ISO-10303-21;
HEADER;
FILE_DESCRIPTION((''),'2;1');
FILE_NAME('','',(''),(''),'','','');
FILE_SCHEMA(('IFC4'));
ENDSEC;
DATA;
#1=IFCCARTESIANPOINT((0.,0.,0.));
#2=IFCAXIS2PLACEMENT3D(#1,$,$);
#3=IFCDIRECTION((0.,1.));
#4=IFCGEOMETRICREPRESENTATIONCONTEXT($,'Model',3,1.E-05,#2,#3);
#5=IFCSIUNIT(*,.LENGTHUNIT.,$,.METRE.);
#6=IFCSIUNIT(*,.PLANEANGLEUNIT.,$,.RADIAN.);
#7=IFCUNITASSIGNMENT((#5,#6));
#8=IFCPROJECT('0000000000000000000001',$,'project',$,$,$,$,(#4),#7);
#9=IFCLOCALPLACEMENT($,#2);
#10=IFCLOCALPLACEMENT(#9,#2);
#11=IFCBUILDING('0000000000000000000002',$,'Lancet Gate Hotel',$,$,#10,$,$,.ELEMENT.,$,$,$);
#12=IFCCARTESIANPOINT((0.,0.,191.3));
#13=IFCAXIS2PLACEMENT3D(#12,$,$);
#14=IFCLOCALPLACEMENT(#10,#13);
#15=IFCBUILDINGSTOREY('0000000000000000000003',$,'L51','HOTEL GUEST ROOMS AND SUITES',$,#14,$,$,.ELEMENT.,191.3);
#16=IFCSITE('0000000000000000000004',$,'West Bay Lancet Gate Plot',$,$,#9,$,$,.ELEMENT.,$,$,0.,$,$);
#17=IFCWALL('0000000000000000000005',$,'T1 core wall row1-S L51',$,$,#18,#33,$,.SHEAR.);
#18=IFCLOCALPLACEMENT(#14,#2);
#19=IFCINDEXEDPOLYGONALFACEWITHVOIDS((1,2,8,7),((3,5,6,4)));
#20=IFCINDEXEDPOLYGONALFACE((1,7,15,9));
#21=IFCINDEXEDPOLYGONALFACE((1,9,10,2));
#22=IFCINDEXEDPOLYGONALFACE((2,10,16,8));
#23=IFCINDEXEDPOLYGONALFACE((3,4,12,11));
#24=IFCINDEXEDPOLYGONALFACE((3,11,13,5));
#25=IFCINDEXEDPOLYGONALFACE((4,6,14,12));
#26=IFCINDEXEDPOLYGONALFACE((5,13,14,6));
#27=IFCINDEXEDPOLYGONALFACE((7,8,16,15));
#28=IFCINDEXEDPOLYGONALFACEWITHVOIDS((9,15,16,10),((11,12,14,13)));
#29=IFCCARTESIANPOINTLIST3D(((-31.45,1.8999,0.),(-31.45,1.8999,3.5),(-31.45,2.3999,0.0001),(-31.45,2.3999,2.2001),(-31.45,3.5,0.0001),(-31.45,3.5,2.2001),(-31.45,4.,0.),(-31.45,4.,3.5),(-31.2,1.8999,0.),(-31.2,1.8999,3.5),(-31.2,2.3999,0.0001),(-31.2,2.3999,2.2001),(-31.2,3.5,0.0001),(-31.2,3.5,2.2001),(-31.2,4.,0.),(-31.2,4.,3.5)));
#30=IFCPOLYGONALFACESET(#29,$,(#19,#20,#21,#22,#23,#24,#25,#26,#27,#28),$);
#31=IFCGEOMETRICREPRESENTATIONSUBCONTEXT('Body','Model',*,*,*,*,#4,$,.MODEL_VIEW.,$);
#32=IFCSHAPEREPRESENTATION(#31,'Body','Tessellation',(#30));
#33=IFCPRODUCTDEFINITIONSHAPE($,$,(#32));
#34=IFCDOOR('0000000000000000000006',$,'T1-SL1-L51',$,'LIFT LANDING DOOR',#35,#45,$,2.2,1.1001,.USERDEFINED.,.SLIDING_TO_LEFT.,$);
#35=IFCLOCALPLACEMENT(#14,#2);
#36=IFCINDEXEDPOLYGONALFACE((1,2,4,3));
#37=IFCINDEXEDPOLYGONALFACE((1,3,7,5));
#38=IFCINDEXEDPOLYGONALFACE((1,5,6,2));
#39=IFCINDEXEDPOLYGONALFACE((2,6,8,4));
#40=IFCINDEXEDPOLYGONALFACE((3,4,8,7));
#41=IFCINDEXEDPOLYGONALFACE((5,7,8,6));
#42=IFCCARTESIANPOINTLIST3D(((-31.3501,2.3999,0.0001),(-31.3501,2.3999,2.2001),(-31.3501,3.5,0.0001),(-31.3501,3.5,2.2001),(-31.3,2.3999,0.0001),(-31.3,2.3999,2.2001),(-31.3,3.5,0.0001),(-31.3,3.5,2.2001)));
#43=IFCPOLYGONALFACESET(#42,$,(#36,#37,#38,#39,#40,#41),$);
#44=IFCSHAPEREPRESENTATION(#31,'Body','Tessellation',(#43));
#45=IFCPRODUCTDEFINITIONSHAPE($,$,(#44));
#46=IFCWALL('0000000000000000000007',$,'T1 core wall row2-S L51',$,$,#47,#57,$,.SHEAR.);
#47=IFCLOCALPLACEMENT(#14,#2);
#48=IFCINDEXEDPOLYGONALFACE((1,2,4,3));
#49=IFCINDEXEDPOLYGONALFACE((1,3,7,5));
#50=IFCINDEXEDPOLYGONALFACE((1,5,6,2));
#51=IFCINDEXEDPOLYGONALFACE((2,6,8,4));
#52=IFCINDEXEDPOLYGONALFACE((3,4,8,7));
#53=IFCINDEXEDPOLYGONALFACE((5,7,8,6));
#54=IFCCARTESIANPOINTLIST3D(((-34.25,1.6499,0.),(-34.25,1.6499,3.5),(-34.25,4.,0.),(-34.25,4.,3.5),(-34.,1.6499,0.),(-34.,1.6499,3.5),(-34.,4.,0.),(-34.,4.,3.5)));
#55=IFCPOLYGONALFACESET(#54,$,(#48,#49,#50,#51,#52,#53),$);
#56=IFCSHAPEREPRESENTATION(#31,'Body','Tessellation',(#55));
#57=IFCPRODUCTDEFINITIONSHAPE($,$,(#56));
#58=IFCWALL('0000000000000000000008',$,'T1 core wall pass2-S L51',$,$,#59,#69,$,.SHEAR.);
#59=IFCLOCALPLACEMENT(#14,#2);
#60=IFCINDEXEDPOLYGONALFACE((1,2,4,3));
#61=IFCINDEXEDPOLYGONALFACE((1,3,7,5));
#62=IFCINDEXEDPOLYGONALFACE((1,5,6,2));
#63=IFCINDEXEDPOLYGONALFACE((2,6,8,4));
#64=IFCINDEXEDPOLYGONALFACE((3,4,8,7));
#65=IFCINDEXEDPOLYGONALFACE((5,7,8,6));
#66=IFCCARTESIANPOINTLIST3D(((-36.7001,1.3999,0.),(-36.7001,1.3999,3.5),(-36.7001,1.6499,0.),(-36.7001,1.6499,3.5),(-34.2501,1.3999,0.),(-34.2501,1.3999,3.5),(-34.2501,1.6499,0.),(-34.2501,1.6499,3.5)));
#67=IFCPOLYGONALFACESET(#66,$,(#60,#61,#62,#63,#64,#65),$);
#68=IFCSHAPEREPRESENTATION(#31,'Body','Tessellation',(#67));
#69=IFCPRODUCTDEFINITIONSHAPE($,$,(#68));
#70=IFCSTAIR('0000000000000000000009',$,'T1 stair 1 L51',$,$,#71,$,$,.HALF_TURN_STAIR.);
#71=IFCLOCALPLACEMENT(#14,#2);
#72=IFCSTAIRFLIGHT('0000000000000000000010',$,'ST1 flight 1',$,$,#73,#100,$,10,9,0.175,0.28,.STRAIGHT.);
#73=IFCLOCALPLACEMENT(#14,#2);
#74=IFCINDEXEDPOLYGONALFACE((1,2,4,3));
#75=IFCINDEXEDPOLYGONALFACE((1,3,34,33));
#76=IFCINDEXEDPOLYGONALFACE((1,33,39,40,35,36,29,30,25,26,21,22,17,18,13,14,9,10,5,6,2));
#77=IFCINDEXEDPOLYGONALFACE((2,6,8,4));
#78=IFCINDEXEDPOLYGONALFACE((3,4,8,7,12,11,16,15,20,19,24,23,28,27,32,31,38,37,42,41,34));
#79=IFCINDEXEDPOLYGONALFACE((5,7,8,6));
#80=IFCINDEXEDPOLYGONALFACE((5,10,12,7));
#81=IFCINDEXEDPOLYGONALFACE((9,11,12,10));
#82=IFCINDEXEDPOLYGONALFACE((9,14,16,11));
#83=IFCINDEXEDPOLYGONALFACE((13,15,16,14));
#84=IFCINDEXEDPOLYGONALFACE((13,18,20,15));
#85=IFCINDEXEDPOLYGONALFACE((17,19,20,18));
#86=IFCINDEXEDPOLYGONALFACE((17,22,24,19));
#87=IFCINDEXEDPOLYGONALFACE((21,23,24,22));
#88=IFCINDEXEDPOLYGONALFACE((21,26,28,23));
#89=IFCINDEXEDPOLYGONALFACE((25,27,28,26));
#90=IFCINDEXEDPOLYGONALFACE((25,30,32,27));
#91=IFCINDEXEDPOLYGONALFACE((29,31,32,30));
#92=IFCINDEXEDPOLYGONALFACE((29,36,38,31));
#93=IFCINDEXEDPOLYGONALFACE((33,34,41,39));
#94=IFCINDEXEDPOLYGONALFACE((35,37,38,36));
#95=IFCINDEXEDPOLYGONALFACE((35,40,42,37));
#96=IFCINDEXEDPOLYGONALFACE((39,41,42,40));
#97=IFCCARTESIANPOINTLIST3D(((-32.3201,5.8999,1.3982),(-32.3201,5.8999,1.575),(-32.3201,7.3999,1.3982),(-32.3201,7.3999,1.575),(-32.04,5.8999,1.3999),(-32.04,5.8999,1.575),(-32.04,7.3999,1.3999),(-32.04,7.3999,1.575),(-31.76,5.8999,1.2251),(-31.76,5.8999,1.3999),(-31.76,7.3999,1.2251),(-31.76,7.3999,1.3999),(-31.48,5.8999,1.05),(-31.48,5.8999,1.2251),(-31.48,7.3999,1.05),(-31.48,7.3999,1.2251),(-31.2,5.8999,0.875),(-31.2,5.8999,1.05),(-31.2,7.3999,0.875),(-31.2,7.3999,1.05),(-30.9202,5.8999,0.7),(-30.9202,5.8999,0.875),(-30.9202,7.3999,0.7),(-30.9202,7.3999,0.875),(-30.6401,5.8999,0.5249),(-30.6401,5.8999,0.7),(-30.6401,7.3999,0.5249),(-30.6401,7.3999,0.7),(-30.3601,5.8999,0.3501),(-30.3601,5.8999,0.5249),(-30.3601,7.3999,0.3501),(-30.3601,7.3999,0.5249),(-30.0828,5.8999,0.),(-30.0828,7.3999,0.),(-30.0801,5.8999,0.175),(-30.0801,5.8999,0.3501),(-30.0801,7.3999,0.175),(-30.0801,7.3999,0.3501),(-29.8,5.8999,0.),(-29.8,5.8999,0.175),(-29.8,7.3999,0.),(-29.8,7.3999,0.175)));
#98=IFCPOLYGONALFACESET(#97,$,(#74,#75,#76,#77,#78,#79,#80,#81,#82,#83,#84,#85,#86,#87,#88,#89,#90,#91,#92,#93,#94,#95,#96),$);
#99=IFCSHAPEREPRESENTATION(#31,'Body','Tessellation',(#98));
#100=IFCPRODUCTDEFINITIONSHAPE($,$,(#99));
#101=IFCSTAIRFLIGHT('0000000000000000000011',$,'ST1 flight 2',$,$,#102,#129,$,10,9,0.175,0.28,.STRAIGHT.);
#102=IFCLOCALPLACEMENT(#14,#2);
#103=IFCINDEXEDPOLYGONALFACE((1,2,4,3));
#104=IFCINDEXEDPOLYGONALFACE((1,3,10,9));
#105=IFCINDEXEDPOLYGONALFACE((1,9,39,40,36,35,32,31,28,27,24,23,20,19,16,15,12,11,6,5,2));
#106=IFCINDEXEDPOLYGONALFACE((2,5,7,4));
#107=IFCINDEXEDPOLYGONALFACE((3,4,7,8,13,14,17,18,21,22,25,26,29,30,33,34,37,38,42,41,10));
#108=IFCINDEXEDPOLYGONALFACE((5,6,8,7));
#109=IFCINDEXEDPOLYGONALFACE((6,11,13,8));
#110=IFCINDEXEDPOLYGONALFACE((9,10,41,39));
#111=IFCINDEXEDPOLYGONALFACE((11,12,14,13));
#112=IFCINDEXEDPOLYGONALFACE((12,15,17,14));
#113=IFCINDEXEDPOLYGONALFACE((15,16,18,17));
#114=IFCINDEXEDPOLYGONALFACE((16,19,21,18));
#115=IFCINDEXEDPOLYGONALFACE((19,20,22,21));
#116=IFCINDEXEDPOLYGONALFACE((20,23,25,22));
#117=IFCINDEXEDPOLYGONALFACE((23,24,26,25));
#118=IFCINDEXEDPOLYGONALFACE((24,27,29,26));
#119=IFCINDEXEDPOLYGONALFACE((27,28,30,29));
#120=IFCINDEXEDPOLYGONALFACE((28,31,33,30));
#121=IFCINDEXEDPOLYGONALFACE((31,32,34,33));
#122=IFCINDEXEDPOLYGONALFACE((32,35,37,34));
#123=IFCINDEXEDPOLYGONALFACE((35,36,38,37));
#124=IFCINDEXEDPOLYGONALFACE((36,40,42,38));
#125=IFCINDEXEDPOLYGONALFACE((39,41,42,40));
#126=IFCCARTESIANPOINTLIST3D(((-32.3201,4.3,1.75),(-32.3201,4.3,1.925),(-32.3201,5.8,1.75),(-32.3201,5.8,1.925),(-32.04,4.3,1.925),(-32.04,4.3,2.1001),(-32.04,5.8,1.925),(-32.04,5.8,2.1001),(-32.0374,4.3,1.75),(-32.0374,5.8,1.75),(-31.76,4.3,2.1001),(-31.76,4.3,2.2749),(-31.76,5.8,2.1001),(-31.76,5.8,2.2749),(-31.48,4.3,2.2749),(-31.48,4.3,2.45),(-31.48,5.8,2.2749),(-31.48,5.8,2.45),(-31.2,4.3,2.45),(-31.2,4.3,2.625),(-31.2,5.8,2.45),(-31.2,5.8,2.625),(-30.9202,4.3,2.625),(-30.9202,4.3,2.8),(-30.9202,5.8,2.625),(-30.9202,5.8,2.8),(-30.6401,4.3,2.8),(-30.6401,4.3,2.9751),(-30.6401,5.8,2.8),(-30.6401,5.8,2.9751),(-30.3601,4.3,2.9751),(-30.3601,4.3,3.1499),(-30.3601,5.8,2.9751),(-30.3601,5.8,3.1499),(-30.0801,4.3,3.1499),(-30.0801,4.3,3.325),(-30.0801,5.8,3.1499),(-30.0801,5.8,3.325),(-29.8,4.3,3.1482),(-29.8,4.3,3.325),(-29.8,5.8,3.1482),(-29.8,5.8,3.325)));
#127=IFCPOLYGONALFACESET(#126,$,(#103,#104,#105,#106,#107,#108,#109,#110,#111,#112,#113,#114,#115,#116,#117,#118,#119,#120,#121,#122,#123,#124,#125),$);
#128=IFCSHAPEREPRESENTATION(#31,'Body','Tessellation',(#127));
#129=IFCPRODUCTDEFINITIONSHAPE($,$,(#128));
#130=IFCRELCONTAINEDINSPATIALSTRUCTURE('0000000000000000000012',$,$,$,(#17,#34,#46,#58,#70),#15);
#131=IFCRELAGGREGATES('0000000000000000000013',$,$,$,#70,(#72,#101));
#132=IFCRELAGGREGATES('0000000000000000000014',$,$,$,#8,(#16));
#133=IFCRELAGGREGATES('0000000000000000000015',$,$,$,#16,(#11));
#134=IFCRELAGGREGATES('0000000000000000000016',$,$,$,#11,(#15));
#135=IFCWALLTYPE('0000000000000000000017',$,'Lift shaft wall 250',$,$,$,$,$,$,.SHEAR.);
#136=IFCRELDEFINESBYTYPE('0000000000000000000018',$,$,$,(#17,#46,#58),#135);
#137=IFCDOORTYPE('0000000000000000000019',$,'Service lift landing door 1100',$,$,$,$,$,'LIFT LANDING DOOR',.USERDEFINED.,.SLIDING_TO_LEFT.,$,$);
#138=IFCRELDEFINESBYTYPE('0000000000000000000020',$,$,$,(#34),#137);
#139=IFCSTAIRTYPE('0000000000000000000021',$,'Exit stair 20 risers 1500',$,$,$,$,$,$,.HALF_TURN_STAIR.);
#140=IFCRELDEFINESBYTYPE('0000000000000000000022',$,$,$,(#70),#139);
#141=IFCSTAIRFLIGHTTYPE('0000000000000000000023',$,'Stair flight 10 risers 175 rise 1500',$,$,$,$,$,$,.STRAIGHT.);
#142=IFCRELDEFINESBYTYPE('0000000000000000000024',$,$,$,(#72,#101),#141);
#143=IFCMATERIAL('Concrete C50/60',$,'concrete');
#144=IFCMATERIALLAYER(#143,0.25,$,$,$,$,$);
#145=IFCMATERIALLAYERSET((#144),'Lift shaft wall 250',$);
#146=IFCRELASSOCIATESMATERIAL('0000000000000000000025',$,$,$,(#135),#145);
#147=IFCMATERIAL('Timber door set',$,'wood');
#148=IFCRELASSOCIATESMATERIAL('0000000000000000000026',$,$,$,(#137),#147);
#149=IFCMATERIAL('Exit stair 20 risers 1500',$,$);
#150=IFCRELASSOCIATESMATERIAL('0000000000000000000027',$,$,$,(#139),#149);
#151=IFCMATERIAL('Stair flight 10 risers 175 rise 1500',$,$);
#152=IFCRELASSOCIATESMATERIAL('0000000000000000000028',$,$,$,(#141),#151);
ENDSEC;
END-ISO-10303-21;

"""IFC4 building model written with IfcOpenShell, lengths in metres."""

from ifc_helpers import new_model, si_unit, direction, frame, frame_2d, origin, place, context, subcontext, project, spatial, polyline, rectangle, outline, extrude, material, layer, layer_set, type_object, element, fill, aggregate, save


model = new_model("IFC4")

# Units and contexts
model_context = context("Model", 3, precision=1e-05, world=origin(), true_north=direction((0.0, 1.0)))
body_context = subcontext(model_context, "Body", "Model", "MODEL_VIEW")
ifc_project = project(units=[si_unit("LENGTHUNIT", "METRE"), si_unit("PLANEANGLEUNIT", "RADIAN")], contexts=[model_context])

# Site, building, storey
site_placement = place(None, origin())
site = spatial("IfcSite", under=ifc_project, at=site_placement, Name="West Bay Lancet Gate Plot", CompositionType="ELEMENT", RefElevation=0.0)
building_placement = place(site_placement, origin())
building = spatial("IfcBuilding", under=site, at=building_placement, Name="Lancet Gate Hotel", CompositionType="ELEMENT")
storey_placement = place(building_placement, frame((0.0, 0.0, 191.3)))
storey = spatial("IfcBuildingStorey", under=building, at=storey_placement, Name="L51", Description="HOTEL GUEST ROOMS AND SUITES", CompositionType="ELEMENT", Elevation=191.3)

# Wall, opening, door
ifc_material_1 = material(Name="Concrete C50/60", Category="concrete")
ifc_layer_1 = layer(ifc_material_1, 0.25)
ifc_layer_set_1 = layer_set([ifc_layer_1], Name="Lift shaft wall 250")
wall_type_1 = type_object("IfcWallType", Name="Lift shaft wall 250", PredefinedType="SHEAR", material=ifc_layer_set_1)
wall_1_placement = place(storey_placement, frame((-31.325, 4.0, 0.0), z_axis=(0.0, 0.0, 1.0), x_axis=(0.0, -1.0, 0.0)))
wall_1 = element("IfcWall", 1, at=wall_1_placement, inside=storey, type_object=wall_type_1, Name="T1 core wall row1-S L51", PredefinedType="SHEAR", context=body_context, shape_type="SweptSolid", body=[
    extrude(rectangle(XDim=2.1001, YDim=0.25, at=frame_2d((1.05, 0.0))), origin(), (0.0, 0.0, 1.0), 3.5),
])
opening_1_placement = place(wall_1_placement, frame((0.5, 0.0, 0.0)))
opening_1 = element("IfcOpeningElement", 2, at=opening_1_placement, cuts=wall_1, PredefinedType="OPENING", context=body_context, shape_type="SweptSolid", body=[
    extrude(rectangle(XDim=1.1001, YDim=2.2, at=frame_2d((0.55, 1.1001))), frame((0.0, 0.135, 0.0), z_axis=(0.0, -1.0, 0.0), x_axis=(1.0, 0.0, 0.0)), (0.0, 0.0, 1.0), 0.27),
])
ifc_material_2 = material(Name="Timber door set", Category="wood")
door_type_1 = type_object("IfcDoorType", Name="Service lift landing door 1100", ElementType="LIFT LANDING DOOR", OperationType="SLIDING_TO_LEFT", PredefinedType="USERDEFINED", material=ifc_material_2)
door_1_placement = place(opening_1_placement, origin())
door_1 = element("IfcDoor", 3, at=door_1_placement, inside=storey, type_object=door_type_1, Name="T1-SL1-L51", ObjectType="LIFT LANDING DOOR", OperationType="SLIDING_TO_LEFT", OverallHeight=2.2, OverallWidth=1.1001, PredefinedType="USERDEFINED", context=body_context, shape_type="SweptSolid", body=[
    extrude(rectangle(XDim=1.1001, YDim=2.2, at=frame_2d((0.55, 1.1001))), frame((0.0, 0.0249, 0.0), z_axis=(0.0, -1.0, 0.0), x_axis=(1.0, 0.0, 0.0)), (0.0, 0.0, 1.0), 0.05),
])
fill(opening_1, door_1)

# Walls
wall_2_placement = place(storey_placement, frame((-34.125, 4.0, 0.0), z_axis=(0.0, 0.0, 1.0), x_axis=(0.0, -1.0, 0.0)))
element("IfcWall", 4, at=wall_2_placement, inside=storey, type_object=wall_type_1, Name="T1 core wall row2-S L51", PredefinedType="SHEAR", context=body_context, shape_type="SweptSolid", body=[
    extrude(rectangle(XDim=2.3501, YDim=0.25, at=frame_2d((1.175, 0.0))), origin(), (0.0, 0.0, 1.0), 3.5),
])
wall_3_placement = place(storey_placement, frame((-34.25, 1.5249, 0.0), z_axis=(0.0, 0.0, 1.0), x_axis=(-1.0, 0.0, 0.0)))
element("IfcWall", 5, at=wall_3_placement, inside=storey, type_object=wall_type_1, Name="T1 core wall pass2-S L51", PredefinedType="SHEAR", context=body_context, shape_type="SweptSolid", body=[
    extrude(rectangle(XDim=2.45, YDim=0.25, at=frame_2d((1.2251, 0.0))), origin(), (0.0, 0.0, 1.0), 3.5),
])

# Stair, stair flights
ifc_material_3 = material(Name="Exit stair 20 risers 1500")
stair_type = type_object("IfcStairType", Name="Exit stair 20 risers 1500", PredefinedType="HALF_TURN_STAIR", material=ifc_material_3)
stair_placement = place(storey_placement, origin())
stair = element("IfcStair", 6, at=stair_placement, inside=storey, type_object=stair_type, Name="T1 stair 1 L51", PredefinedType="HALF_TURN_STAIR")
ifc_material_4 = material(Name="Stair flight 10 risers 175 rise 1500")
stair_flight_type = type_object("IfcStairFlightType", Name="Stair flight 10 risers 175 rise 1500", PredefinedType="STRAIGHT", material=ifc_material_4)
stair_flight_1_placement = place(storey_placement, frame((-29.8, 6.6499, 0.0), z_axis=(0.0, 0.0, 1.0), x_axis=(-1.0, 0.0, 0.0)))
stair_flight_1 = element("IfcStairFlight", 7, at=stair_flight_1_placement, type_object=stair_flight_type, Name="ST1 flight 1", NumberOfRisers=10, NumberOfTreads=9, PredefinedType="STRAIGHT", RiserHeight=0.175, TreadLength=0.28, context=body_context, shape_type="SweptSolid", body=[
    extrude(outline(polyline([(0.0, 0.0), (0.0, 0.175), (0.28, 0.175), (0.28, 0.3501), (0.5601, 0.3501), (0.5601, 0.5249), (0.8401, 0.5249), (0.8401, 0.7), (1.1201, 0.7), (1.1201, 0.875), (1.3999, 0.875), (1.3999, 1.05), (1.6799, 1.05), (1.6799, 1.2251), (1.96, 1.2251), (1.96, 1.3999), (2.24, 1.3999), (2.24, 1.575), (2.52, 1.575), (2.52, 1.75), (2.52, 1.3982), (0.2827, 0.0), (0.0, 0.0)])), frame((0.0, 0.75, 0.0), z_axis=(0.0, -1.0, 0.0), x_axis=(1.0, 0.0, 0.0)), (0.0, 0.0, 1.0), 1.5),
])
stair_flight_2_placement = place(storey_placement, frame((-32.3201, 5.05, 1.75), z_axis=(0.0, 0.0, 1.0), x_axis=(1.0, 0.0, 0.0)))
stair_flight_2 = element("IfcStairFlight", 8, at=stair_flight_2_placement, type_object=stair_flight_type, Name="ST1 flight 2", NumberOfRisers=10, NumberOfTreads=9, PredefinedType="STRAIGHT", RiserHeight=0.175, TreadLength=0.28, context=body_context, shape_type="SweptSolid", body=[
    extrude(outline(polyline([(0.0, 0.0), (0.0, 0.175), (0.28, 0.175), (0.28, 0.3501), (0.5601, 0.3501), (0.5601, 0.5249), (0.8401, 0.5249), (0.8401, 0.7), (1.1201, 0.7), (1.1201, 0.875), (1.3999, 0.875), (1.3999, 1.05), (1.6799, 1.05), (1.6799, 1.2251), (1.96, 1.2251), (1.96, 1.3999), (2.24, 1.3999), (2.24, 1.575), (2.52, 1.575), (2.52, 1.75), (2.52, 1.3982), (0.2827, 0.0), (0.0, 0.0)])), frame((0.0, 0.75, 0.0), z_axis=(0.0, -1.0, 0.0), x_axis=(1.0, 0.0, 0.0)), (0.0, 0.0, 1.0), 1.5),
])
aggregate(stair, [stair_flight_1, stair_flight_2])

save(model, "model.ifc")
